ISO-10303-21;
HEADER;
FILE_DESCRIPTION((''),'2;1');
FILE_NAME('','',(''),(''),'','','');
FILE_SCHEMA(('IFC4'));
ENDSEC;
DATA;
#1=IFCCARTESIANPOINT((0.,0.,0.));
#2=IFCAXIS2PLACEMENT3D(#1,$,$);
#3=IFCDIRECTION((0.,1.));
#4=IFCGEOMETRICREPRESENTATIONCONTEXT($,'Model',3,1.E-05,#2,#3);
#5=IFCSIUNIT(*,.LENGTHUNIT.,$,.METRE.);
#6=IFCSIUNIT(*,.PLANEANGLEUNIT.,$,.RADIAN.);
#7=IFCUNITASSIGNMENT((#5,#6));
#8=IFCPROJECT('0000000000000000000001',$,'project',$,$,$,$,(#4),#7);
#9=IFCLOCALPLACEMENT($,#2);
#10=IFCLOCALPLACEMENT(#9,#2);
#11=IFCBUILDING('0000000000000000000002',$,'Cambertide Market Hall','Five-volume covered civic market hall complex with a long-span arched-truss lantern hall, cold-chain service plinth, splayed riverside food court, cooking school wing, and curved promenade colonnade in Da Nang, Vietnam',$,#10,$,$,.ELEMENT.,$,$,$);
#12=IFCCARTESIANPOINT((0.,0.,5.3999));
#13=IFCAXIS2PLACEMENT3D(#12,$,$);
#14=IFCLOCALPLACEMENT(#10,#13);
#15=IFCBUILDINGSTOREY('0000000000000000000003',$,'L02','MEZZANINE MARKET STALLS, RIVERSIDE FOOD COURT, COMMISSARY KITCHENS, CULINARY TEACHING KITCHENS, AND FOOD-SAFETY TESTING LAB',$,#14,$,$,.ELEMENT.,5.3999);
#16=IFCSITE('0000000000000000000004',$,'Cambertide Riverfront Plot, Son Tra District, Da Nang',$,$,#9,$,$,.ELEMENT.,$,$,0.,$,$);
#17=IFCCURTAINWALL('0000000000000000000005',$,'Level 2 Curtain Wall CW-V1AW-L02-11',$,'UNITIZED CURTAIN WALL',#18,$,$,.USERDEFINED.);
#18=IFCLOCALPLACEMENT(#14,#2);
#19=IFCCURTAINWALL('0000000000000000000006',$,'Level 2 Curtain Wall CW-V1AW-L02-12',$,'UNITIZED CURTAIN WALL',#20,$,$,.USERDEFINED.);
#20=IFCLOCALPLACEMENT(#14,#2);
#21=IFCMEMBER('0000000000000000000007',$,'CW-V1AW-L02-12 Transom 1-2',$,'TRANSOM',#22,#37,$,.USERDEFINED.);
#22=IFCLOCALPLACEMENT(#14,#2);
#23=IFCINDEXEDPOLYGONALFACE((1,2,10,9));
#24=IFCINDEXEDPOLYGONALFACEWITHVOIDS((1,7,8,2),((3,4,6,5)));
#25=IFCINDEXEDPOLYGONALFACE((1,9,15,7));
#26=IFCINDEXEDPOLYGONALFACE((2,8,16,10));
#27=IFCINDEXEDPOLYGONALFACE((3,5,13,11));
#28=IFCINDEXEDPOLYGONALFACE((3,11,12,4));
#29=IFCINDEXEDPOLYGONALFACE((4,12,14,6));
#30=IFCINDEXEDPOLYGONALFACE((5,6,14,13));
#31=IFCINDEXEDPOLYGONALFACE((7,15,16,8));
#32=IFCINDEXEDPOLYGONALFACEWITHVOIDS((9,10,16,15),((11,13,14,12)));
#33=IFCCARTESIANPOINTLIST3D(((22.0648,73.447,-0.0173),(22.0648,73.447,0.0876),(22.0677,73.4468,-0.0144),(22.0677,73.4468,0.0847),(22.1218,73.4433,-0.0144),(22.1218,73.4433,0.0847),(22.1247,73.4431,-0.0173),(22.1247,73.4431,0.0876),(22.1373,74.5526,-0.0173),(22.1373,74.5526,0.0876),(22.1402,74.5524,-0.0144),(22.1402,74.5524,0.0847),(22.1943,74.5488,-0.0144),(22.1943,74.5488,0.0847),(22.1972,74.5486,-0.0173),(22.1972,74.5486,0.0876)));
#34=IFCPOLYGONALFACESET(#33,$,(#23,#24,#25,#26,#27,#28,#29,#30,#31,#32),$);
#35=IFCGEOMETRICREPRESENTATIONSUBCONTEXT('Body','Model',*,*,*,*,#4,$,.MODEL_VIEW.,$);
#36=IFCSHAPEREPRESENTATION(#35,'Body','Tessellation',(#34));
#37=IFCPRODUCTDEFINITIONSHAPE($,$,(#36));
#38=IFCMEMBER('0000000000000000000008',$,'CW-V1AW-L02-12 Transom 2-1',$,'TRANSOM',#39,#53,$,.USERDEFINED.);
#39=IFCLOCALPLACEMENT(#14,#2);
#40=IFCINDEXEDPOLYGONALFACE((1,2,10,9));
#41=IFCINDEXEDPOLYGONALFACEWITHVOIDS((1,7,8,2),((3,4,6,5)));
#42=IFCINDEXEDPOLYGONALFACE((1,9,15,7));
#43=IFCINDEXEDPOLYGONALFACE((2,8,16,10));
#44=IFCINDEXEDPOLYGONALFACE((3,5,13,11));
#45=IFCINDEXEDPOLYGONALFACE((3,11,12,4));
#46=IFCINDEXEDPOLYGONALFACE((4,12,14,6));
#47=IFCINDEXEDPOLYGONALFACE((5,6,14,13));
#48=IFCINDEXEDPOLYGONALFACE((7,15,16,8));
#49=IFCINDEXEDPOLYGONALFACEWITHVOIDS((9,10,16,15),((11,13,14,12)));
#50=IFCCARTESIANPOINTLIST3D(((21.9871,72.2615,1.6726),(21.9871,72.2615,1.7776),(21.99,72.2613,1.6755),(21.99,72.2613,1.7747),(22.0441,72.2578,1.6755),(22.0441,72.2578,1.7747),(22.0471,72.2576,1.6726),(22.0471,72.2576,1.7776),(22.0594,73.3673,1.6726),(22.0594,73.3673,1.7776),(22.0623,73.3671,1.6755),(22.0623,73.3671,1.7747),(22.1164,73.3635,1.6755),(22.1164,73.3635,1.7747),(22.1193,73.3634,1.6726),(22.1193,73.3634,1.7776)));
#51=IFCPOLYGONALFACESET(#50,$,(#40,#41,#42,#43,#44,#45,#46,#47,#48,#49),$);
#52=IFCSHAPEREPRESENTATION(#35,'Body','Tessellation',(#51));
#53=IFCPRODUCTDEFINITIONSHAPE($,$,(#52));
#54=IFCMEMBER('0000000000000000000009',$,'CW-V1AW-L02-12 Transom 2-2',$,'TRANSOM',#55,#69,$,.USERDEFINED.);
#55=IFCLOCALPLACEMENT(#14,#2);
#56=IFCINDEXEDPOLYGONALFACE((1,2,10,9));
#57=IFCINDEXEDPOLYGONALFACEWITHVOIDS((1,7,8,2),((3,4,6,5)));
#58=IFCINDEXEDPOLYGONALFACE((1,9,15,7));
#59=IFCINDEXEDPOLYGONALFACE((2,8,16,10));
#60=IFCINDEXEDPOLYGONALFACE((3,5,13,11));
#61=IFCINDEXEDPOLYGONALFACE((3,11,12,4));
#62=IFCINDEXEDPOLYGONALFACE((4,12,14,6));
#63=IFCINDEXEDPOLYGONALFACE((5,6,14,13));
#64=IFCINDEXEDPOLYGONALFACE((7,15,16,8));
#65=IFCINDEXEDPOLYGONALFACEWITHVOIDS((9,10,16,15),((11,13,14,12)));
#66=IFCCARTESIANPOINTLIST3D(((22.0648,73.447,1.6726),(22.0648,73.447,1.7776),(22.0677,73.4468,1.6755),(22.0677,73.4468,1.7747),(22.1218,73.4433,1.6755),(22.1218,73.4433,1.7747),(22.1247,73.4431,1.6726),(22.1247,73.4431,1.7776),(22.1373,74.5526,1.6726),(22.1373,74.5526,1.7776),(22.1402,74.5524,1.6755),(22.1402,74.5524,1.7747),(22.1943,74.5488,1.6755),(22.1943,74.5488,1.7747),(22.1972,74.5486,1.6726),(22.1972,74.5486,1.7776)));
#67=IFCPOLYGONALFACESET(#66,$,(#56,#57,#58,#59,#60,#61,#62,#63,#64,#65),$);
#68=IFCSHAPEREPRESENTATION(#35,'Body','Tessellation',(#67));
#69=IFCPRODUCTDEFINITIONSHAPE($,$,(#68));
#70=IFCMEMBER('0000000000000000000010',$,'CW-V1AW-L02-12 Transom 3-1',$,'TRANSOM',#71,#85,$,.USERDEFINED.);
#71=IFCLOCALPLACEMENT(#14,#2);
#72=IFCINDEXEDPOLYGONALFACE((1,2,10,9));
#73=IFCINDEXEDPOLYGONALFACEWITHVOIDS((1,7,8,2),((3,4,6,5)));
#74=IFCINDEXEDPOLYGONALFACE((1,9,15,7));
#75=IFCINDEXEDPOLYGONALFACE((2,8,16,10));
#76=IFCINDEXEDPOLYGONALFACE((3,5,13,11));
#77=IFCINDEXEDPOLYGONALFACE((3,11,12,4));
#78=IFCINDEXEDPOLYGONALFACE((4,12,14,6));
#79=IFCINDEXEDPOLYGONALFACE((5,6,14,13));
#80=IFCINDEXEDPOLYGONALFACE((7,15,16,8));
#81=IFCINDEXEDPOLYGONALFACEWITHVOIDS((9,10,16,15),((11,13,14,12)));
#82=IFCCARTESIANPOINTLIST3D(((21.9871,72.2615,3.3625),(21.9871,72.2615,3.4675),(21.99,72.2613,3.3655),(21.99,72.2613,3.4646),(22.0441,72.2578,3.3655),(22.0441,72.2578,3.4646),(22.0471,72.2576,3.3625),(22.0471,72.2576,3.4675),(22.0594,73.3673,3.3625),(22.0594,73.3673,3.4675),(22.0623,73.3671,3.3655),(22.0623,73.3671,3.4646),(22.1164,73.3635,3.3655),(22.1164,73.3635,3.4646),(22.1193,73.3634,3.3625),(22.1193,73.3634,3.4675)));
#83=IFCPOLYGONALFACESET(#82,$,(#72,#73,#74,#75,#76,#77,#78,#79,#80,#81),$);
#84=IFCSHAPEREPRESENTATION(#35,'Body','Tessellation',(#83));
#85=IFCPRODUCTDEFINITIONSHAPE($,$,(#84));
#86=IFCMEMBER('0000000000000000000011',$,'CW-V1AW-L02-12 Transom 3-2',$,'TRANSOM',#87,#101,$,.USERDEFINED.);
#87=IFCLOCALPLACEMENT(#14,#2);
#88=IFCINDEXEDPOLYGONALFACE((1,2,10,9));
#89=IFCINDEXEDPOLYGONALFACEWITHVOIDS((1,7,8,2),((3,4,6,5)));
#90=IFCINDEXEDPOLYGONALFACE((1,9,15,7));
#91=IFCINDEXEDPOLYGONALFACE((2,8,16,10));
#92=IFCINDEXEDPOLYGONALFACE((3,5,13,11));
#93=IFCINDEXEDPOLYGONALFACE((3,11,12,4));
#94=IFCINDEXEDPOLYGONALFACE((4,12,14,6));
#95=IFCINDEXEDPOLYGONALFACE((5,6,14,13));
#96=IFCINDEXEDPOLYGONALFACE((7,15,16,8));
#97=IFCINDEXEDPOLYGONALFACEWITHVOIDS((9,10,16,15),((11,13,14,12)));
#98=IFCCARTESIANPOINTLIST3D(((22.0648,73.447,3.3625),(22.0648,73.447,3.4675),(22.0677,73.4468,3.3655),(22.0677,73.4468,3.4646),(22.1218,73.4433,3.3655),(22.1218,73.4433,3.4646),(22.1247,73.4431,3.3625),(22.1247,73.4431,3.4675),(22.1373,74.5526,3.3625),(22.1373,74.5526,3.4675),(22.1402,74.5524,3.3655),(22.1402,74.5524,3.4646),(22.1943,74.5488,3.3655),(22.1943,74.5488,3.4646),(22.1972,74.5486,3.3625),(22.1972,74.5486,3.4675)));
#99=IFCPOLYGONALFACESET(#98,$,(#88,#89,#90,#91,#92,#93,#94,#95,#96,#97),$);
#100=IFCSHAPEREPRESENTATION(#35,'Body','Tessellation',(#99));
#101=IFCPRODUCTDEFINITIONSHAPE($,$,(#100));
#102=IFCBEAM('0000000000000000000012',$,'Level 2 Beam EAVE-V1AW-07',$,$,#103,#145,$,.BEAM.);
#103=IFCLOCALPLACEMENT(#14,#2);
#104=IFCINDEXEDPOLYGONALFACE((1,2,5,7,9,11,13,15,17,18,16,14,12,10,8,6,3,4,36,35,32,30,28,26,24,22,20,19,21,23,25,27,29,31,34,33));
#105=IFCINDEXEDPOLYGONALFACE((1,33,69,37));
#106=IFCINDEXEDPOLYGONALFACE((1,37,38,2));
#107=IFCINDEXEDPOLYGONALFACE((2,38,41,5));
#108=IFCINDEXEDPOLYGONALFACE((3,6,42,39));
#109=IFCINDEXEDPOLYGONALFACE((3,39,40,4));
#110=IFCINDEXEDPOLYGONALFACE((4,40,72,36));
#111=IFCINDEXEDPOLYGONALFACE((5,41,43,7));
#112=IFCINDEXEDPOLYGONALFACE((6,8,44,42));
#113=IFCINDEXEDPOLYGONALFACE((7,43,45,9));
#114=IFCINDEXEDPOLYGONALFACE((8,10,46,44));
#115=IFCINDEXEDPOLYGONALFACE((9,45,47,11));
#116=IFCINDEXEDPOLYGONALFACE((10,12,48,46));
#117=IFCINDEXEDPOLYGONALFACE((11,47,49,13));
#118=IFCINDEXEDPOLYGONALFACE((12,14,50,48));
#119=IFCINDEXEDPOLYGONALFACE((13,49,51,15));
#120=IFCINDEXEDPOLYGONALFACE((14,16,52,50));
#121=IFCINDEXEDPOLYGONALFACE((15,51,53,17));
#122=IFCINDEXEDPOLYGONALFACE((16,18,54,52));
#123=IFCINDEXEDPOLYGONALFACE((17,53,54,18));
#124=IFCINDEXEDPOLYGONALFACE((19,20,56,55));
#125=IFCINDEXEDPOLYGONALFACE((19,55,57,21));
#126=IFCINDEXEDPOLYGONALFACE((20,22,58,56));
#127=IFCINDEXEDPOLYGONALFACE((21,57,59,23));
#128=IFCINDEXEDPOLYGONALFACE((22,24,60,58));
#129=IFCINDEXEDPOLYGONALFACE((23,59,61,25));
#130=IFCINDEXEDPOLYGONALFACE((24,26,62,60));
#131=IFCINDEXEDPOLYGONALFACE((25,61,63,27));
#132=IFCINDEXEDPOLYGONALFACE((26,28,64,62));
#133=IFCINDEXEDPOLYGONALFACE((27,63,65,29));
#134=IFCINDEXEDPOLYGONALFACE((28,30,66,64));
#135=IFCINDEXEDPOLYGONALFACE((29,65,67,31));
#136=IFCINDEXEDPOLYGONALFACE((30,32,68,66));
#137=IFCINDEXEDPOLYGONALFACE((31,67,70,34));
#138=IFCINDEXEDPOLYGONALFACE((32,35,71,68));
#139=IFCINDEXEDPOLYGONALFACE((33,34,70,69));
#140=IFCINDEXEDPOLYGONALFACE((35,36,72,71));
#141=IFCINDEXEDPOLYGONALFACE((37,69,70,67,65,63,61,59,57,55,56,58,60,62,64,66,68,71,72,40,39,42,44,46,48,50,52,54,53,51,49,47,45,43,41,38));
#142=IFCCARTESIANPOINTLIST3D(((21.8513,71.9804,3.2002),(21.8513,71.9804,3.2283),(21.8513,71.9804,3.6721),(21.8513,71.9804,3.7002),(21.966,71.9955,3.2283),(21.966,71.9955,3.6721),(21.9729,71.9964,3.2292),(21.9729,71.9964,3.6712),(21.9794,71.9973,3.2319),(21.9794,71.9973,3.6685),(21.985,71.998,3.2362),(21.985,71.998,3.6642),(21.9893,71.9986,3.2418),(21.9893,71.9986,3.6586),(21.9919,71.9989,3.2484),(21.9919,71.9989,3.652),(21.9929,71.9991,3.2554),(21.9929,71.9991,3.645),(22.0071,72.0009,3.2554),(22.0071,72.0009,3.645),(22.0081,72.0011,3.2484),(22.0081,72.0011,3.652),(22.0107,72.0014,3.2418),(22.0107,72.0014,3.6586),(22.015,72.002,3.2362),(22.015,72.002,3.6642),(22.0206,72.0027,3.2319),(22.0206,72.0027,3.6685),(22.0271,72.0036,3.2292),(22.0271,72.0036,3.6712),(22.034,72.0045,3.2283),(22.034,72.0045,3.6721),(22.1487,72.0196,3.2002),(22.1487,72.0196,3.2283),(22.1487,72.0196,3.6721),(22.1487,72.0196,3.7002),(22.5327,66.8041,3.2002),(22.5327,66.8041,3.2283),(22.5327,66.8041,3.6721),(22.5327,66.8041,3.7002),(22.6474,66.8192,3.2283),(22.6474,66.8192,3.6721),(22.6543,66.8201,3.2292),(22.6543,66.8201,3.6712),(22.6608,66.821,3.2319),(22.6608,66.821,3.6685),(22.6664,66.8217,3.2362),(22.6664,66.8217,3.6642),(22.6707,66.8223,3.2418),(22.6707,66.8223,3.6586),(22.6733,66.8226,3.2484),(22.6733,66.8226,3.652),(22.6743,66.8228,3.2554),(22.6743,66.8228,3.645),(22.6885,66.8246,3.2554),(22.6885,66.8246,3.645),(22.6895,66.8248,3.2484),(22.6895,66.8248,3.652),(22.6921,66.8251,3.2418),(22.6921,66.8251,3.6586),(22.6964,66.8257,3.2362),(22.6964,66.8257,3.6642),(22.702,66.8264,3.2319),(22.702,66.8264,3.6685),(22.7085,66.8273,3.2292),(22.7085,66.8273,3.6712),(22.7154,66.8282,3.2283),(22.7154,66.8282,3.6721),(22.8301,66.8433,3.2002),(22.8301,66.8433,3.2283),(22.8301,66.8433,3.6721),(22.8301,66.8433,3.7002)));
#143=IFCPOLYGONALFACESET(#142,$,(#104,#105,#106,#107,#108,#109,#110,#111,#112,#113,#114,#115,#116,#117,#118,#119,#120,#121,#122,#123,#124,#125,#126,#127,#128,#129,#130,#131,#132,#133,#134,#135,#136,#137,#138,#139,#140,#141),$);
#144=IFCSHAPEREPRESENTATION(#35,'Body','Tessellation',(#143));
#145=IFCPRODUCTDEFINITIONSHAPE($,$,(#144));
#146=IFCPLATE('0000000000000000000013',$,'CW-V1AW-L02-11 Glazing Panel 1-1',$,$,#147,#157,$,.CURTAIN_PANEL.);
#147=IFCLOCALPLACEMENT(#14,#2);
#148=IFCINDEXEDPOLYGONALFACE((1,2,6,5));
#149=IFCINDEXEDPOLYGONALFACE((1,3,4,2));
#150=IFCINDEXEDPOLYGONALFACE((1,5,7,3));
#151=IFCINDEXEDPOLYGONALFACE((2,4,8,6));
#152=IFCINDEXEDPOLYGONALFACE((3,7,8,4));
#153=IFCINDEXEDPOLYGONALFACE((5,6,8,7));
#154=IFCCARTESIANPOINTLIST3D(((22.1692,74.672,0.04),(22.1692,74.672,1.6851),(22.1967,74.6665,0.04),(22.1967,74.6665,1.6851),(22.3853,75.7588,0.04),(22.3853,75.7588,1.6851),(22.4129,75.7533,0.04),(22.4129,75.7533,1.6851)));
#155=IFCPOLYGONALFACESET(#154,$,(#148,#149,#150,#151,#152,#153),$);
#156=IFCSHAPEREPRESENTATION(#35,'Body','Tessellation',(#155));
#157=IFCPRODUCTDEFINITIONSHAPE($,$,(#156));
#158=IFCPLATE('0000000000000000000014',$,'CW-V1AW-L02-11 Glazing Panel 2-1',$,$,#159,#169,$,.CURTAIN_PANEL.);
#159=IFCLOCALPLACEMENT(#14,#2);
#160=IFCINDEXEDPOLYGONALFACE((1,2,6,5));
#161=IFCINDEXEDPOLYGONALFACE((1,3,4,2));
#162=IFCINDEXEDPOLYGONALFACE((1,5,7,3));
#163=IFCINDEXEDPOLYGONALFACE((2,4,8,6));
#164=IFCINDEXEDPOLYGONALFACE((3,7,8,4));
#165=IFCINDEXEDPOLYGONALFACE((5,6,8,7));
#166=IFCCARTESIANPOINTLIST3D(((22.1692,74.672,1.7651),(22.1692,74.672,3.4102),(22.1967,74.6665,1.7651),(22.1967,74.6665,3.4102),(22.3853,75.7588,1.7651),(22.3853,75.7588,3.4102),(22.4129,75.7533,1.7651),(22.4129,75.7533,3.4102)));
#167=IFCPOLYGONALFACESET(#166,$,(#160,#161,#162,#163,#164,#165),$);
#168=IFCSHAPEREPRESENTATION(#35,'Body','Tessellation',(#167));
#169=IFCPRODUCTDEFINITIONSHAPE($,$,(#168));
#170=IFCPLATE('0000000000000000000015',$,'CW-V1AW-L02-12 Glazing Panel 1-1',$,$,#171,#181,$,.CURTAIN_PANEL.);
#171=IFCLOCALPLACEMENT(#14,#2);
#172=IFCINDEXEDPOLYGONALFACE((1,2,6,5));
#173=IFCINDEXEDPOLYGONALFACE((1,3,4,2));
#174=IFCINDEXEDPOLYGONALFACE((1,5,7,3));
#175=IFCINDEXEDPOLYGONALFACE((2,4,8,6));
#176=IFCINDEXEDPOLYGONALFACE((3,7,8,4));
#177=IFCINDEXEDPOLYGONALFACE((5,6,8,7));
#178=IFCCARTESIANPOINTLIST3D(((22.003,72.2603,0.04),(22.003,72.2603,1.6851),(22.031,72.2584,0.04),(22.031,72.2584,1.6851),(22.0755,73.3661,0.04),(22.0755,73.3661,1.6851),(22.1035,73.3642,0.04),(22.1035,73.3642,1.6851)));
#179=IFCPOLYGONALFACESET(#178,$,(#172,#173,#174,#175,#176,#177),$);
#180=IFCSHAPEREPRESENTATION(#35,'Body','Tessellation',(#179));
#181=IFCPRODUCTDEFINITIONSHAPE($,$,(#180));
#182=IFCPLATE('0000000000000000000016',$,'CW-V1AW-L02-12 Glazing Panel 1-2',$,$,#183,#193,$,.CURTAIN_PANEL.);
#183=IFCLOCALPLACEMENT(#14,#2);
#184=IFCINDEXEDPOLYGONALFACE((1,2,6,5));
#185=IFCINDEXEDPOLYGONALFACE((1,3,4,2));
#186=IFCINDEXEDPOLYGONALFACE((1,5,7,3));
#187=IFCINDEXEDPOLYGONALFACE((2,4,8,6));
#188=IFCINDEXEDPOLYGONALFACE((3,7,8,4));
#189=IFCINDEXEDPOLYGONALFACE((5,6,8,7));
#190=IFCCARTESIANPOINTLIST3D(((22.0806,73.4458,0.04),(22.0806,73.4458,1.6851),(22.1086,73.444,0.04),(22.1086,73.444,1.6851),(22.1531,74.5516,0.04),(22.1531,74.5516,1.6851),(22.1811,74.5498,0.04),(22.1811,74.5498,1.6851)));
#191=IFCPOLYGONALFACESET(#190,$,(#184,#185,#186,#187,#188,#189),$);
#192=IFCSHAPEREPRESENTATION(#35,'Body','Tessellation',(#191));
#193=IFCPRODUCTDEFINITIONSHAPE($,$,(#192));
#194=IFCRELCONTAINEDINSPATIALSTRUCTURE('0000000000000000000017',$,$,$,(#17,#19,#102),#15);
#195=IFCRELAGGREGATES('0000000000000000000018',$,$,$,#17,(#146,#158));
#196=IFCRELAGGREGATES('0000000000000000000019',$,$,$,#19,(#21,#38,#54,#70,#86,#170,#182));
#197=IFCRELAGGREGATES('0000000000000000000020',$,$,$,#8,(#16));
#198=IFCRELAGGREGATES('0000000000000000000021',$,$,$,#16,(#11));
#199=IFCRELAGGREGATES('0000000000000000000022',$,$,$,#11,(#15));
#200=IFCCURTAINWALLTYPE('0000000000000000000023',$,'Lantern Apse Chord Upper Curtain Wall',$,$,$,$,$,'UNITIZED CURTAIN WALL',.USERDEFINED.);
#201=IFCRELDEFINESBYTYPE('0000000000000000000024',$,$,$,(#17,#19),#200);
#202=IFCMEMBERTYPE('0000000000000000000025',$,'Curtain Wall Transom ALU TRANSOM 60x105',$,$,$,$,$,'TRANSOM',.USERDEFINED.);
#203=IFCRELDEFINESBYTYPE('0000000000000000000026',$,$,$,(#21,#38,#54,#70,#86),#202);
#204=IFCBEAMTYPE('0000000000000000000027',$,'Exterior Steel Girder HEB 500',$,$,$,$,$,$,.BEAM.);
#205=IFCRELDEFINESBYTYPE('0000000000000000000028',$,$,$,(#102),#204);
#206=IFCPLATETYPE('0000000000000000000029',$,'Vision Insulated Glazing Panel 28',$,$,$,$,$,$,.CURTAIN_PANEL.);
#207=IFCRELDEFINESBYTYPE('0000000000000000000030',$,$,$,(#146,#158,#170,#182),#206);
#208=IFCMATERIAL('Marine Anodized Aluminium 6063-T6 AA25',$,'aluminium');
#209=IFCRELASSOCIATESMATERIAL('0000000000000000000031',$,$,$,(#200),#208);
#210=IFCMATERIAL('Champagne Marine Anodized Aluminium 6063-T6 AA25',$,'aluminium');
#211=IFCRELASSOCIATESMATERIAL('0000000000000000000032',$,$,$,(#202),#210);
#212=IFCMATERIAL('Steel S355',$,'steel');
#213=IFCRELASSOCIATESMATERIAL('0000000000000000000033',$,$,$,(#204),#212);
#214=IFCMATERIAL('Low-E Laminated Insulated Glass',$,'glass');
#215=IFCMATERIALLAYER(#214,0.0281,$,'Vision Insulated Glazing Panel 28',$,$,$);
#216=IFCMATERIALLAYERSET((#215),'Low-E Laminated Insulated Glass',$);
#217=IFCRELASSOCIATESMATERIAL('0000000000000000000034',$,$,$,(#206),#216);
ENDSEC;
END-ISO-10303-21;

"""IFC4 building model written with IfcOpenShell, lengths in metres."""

from ifc_helpers import new_model, si_unit, direction, frame, origin, origin_2d, place, context, subcontext, project, spatial, rectangle, hollow_rectangle, i_section, extrude, material, layer, layer_set, material_profile, profile_set, type_object, element, aggregate, save


model = new_model("IFC4")

# Units and contexts
model_context = context("Model", 3, precision=1e-05, world=origin(), true_north=direction((0.0, 1.0)))
body_context = subcontext(model_context, "Body", "Model", "MODEL_VIEW")
ifc_project = project(units=[si_unit("LENGTHUNIT", "METRE"), si_unit("PLANEANGLEUNIT", "RADIAN")], contexts=[model_context])

# Site, building, storey
site_placement = place(None, origin())
site = spatial("IfcSite", under=ifc_project, at=site_placement, Name="Cambertide Riverfront Plot, Son Tra District, Da Nang", CompositionType="ELEMENT", RefElevation=0.0)
building_placement = place(site_placement, origin())
building = spatial("IfcBuilding", under=site, at=building_placement, Name="Cambertide Market Hall", Description="Five-volume covered civic market hall complex with a long-span arched-truss lantern hall, cold-chain service plinth, splayed riverside food court, cooking school wing, and curved promenade colonnade in Da Nang, Vietnam", CompositionType="ELEMENT")
storey_placement = place(building_placement, frame((0.0, 0.0, 5.3999)))
storey = spatial("IfcBuildingStorey", under=building, at=storey_placement, Name="L02", Description="MEZZANINE MARKET STALLS, RIVERSIDE FOOD COURT, COMMISSARY KITCHENS, CULINARY TEACHING KITCHENS, AND FOOD-SAFETY TESTING LAB", CompositionType="ELEMENT", Elevation=5.3999)

# Curtain walls
ifc_material_1 = material(Name="Marine Anodized Aluminium 6063-T6 AA25", Category="aluminium")
curtain_wall_type = type_object("IfcCurtainWallType", Name="Lantern Apse Chord Upper Curtain Wall", ElementType="UNITIZED CURTAIN WALL", PredefinedType="USERDEFINED", material=ifc_material_1)
curtain_wall_1_placement = place(storey_placement, origin())
curtain_wall_1 = element("IfcCurtainWall", 1, at=curtain_wall_1_placement, inside=storey, type_object=curtain_wall_type, Name="Level 2 Curtain Wall CW-V1AW-L02-11", ObjectType="UNITIZED CURTAIN WALL", PredefinedType="USERDEFINED")
curtain_wall_2_placement = place(storey_placement, origin())
curtain_wall_2 = element("IfcCurtainWall", 2, at=curtain_wall_2_placement, inside=storey, type_object=curtain_wall_type, Name="Level 2 Curtain Wall CW-V1AW-L02-12", ObjectType="UNITIZED CURTAIN WALL", PredefinedType="USERDEFINED")

# Members
ifc_material_2 = material(Name="Champagne Marine Anodized Aluminium 6063-T6 AA25", Category="aluminium")
ifc_material_profile_1 = material_profile(ifc_material_2, hollow_rectangle(XDim=0.0601, YDim=0.105, WallThickness=0.0029, at=origin_2d()), Name="ALU TRANSOM 60x105")
ifc_profile_set_1 = profile_set([ifc_material_profile_1], Name="Champagne Marine Anodized Aluminium 6063-T6 AA25")
member_type_1 = type_object("IfcMemberType", Name="Curtain Wall Transom ALU TRANSOM 60x105", ElementType="TRANSOM", PredefinedType="USERDEFINED", material=ifc_profile_set_1)
member_1_placement = place(storey_placement, frame((22.0947, 73.4451, 0.0352), z_axis=(0.065451, 0.997856, 0.0), x_axis=(-0.997856, 0.065451, 0.0)))
member_1 = element("IfcMember", 3, at=member_1_placement, type_object=member_type_1, Name="CW-V1AW-L02-12 Transom 1-2", ObjectType="TRANSOM", PredefinedType="USERDEFINED", context=body_context, shape_type="SweptSolid", body=[
    extrude(hollow_rectangle(XDim=0.0601, YDim=0.105, WallThickness=0.0029, at=origin_2d()), origin(), (0.0, 0.0, 1.0), 1.1079),
])
member_2_placement = place(storey_placement, frame((22.0171, 72.2595, 1.7251), z_axis=(0.065217, 0.997871, 0.0), x_axis=(-0.997871, 0.065217, 0.0)))
member_2 = element("IfcMember", 4, at=member_2_placement, type_object=member_type_1, Name="CW-V1AW-L02-12 Transom 2-1", ObjectType="TRANSOM", PredefinedType="USERDEFINED", context=body_context, shape_type="SweptSolid", body=[
    extrude(hollow_rectangle(XDim=0.0601, YDim=0.105, WallThickness=0.0029, at=origin_2d()), origin(), (0.0, 0.0, 1.0), 1.1082),
])
member_3_placement = place(storey_placement, frame((22.0947, 73.4451, 1.7251), z_axis=(0.065451, 0.997856, 0.0), x_axis=(-0.997856, 0.065451, 0.0)))
member_3 = element("IfcMember", 5, at=member_3_placement, type_object=member_type_1, Name="CW-V1AW-L02-12 Transom 2-2", ObjectType="TRANSOM", PredefinedType="USERDEFINED", context=body_context, shape_type="SweptSolid", body=[
    extrude(hollow_rectangle(XDim=0.0601, YDim=0.105, WallThickness=0.0029, at=origin_2d()), origin(), (0.0, 0.0, 1.0), 1.1079),
])
member_4_placement = place(storey_placement, frame((22.0171, 72.2595, 3.415), z_axis=(0.065217, 0.997871, 0.0), x_axis=(-0.997871, 0.065217, 0.0)))
member_4 = element("IfcMember", 6, at=member_4_placement, type_object=member_type_1, Name="CW-V1AW-L02-12 Transom 3-1", ObjectType="TRANSOM", PredefinedType="USERDEFINED", context=body_context, shape_type="SweptSolid", body=[
    extrude(hollow_rectangle(XDim=0.0601, YDim=0.105, WallThickness=0.0029, at=origin_2d()), origin(), (0.0, 0.0, 1.0), 1.1082),
])
member_5_placement = place(storey_placement, frame((22.0947, 73.4451, 3.415), z_axis=(0.065451, 0.997856, 0.0), x_axis=(-0.997856, 0.065451, 0.0)))
member_5 = element("IfcMember", 7, at=member_5_placement, type_object=member_type_1, Name="CW-V1AW-L02-12 Transom 3-2", ObjectType="TRANSOM", PredefinedType="USERDEFINED", context=body_context, shape_type="SweptSolid", body=[
    extrude(hollow_rectangle(XDim=0.0601, YDim=0.105, WallThickness=0.0029, at=origin_2d()), origin(), (0.0, 0.0, 1.0), 1.1079),
])

# Beam
ifc_material_3 = material(Name="Steel S355", Category="steel")
ifc_material_profile_2 = material_profile(ifc_material_3, i_section(OverallWidth=0.3, OverallDepth=0.5, WebThickness=0.0144, FlangeThickness=0.0281, FilletRadius=0.0271, at=origin_2d()), Name="HEB 500")
ifc_profile_set_2 = profile_set([ifc_material_profile_2], Name="Steel S355")
beam_type = type_object("IfcBeamType", Name="Exterior Steel Girder HEB 500", PredefinedType="BEAM", material=ifc_profile_set_2)
beam_placement = place(storey_placement, frame((22.0, 72.0, 3.4502), z_axis=(0.130513, -0.991447, 0.0), x_axis=(0.991447, 0.130513, 0.0)))
element("IfcBeam", 8, at=beam_placement, inside=storey, type_object=beam_type, Name="Level 2 Beam EAVE-V1AW-07", PredefinedType="BEAM", context=body_context, shape_type="SweptSolid", body=[
    extrude(i_section(OverallWidth=0.3, OverallDepth=0.5, WebThickness=0.0144, FlangeThickness=0.0281, FilletRadius=0.0271, at=origin_2d()), origin(), (0.0, 0.0, 1.0), 5.2209),
])

# Plates
ifc_material_4 = material(Name="Low-E Laminated Insulated Glass", Category="glass")
ifc_layer_1 = layer(ifc_material_4, 0.0281, Name="Vision Insulated Glazing Panel 28")
ifc_layer_set_1 = layer_set([ifc_layer_1], Name="Low-E Laminated Insulated Glass")
plate_type = type_object("IfcPlateType", Name="Vision Insulated Glazing Panel 28", PredefinedType="CURTAIN_PANEL", material=ifc_layer_set_1)
plate_1_placement = place(storey_placement, frame((22.291, 75.2126, 0.04), z_axis=(0.0, 0.0, 1.0), x_axis=(0.19509, 0.980785, 0.0)))
plate_1 = element("IfcPlate", 9, at=plate_1_placement, type_object=plate_type, Name="CW-V1AW-L02-11 Glazing Panel 1-1", PredefinedType="CURTAIN_PANEL", context=body_context, shape_type="SweptSolid", body=[
    extrude(rectangle(XDim=1.1082, YDim=0.0281, at=origin_2d()), origin(), (0.0, 0.0, 1.0), 1.645),
])
plate_2_placement = place(storey_placement, frame((22.291, 75.2126, 1.7651), z_axis=(0.0, 0.0, 1.0), x_axis=(0.19509, 0.980785, 0.0)))
plate_2 = element("IfcPlate", 10, at=plate_2_placement, type_object=plate_type, Name="CW-V1AW-L02-11 Glazing Panel 2-1", PredefinedType="CURTAIN_PANEL", context=body_context, shape_type="SweptSolid", body=[
    extrude(rectangle(XDim=1.1082, YDim=0.0281, at=origin_2d()), origin(), (0.0, 0.0, 1.0), 1.645),
])
aggregate(curtain_wall_1, [plate_1, plate_2])
plate_3_placement = place(storey_placement, frame((22.0532, 72.8123, 0.04), z_axis=(0.0, 0.0, 1.0), x_axis=(0.065403, 0.997859, 0.0)))
plate_3 = element("IfcPlate", 11, at=plate_3_placement, type_object=plate_type, Name="CW-V1AW-L02-12 Glazing Panel 1-1", PredefinedType="CURTAIN_PANEL", context=body_context, shape_type="SweptSolid", body=[
    extrude(rectangle(XDim=1.1082, YDim=0.0281, at=origin_2d()), origin(), (0.0, 0.0, 1.0), 1.645),
])
plate_4_placement = place(storey_placement, frame((22.1309, 73.9978, 0.04), z_axis=(0.0, 0.0, 1.0), x_axis=(0.065403, 0.997859, 0.0)))
plate_4 = element("IfcPlate", 12, at=plate_4_placement, type_object=plate_type, Name="CW-V1AW-L02-12 Glazing Panel 1-2", PredefinedType="CURTAIN_PANEL", context=body_context, shape_type="SweptSolid", body=[
    extrude(rectangle(XDim=1.1082, YDim=0.0281, at=origin_2d()), origin(), (0.0, 0.0, 1.0), 1.645),
])
aggregate(curtain_wall_2, [member_1, member_2, member_3, member_4, member_5, plate_3, plate_4])

save(model, "model.ifc")
